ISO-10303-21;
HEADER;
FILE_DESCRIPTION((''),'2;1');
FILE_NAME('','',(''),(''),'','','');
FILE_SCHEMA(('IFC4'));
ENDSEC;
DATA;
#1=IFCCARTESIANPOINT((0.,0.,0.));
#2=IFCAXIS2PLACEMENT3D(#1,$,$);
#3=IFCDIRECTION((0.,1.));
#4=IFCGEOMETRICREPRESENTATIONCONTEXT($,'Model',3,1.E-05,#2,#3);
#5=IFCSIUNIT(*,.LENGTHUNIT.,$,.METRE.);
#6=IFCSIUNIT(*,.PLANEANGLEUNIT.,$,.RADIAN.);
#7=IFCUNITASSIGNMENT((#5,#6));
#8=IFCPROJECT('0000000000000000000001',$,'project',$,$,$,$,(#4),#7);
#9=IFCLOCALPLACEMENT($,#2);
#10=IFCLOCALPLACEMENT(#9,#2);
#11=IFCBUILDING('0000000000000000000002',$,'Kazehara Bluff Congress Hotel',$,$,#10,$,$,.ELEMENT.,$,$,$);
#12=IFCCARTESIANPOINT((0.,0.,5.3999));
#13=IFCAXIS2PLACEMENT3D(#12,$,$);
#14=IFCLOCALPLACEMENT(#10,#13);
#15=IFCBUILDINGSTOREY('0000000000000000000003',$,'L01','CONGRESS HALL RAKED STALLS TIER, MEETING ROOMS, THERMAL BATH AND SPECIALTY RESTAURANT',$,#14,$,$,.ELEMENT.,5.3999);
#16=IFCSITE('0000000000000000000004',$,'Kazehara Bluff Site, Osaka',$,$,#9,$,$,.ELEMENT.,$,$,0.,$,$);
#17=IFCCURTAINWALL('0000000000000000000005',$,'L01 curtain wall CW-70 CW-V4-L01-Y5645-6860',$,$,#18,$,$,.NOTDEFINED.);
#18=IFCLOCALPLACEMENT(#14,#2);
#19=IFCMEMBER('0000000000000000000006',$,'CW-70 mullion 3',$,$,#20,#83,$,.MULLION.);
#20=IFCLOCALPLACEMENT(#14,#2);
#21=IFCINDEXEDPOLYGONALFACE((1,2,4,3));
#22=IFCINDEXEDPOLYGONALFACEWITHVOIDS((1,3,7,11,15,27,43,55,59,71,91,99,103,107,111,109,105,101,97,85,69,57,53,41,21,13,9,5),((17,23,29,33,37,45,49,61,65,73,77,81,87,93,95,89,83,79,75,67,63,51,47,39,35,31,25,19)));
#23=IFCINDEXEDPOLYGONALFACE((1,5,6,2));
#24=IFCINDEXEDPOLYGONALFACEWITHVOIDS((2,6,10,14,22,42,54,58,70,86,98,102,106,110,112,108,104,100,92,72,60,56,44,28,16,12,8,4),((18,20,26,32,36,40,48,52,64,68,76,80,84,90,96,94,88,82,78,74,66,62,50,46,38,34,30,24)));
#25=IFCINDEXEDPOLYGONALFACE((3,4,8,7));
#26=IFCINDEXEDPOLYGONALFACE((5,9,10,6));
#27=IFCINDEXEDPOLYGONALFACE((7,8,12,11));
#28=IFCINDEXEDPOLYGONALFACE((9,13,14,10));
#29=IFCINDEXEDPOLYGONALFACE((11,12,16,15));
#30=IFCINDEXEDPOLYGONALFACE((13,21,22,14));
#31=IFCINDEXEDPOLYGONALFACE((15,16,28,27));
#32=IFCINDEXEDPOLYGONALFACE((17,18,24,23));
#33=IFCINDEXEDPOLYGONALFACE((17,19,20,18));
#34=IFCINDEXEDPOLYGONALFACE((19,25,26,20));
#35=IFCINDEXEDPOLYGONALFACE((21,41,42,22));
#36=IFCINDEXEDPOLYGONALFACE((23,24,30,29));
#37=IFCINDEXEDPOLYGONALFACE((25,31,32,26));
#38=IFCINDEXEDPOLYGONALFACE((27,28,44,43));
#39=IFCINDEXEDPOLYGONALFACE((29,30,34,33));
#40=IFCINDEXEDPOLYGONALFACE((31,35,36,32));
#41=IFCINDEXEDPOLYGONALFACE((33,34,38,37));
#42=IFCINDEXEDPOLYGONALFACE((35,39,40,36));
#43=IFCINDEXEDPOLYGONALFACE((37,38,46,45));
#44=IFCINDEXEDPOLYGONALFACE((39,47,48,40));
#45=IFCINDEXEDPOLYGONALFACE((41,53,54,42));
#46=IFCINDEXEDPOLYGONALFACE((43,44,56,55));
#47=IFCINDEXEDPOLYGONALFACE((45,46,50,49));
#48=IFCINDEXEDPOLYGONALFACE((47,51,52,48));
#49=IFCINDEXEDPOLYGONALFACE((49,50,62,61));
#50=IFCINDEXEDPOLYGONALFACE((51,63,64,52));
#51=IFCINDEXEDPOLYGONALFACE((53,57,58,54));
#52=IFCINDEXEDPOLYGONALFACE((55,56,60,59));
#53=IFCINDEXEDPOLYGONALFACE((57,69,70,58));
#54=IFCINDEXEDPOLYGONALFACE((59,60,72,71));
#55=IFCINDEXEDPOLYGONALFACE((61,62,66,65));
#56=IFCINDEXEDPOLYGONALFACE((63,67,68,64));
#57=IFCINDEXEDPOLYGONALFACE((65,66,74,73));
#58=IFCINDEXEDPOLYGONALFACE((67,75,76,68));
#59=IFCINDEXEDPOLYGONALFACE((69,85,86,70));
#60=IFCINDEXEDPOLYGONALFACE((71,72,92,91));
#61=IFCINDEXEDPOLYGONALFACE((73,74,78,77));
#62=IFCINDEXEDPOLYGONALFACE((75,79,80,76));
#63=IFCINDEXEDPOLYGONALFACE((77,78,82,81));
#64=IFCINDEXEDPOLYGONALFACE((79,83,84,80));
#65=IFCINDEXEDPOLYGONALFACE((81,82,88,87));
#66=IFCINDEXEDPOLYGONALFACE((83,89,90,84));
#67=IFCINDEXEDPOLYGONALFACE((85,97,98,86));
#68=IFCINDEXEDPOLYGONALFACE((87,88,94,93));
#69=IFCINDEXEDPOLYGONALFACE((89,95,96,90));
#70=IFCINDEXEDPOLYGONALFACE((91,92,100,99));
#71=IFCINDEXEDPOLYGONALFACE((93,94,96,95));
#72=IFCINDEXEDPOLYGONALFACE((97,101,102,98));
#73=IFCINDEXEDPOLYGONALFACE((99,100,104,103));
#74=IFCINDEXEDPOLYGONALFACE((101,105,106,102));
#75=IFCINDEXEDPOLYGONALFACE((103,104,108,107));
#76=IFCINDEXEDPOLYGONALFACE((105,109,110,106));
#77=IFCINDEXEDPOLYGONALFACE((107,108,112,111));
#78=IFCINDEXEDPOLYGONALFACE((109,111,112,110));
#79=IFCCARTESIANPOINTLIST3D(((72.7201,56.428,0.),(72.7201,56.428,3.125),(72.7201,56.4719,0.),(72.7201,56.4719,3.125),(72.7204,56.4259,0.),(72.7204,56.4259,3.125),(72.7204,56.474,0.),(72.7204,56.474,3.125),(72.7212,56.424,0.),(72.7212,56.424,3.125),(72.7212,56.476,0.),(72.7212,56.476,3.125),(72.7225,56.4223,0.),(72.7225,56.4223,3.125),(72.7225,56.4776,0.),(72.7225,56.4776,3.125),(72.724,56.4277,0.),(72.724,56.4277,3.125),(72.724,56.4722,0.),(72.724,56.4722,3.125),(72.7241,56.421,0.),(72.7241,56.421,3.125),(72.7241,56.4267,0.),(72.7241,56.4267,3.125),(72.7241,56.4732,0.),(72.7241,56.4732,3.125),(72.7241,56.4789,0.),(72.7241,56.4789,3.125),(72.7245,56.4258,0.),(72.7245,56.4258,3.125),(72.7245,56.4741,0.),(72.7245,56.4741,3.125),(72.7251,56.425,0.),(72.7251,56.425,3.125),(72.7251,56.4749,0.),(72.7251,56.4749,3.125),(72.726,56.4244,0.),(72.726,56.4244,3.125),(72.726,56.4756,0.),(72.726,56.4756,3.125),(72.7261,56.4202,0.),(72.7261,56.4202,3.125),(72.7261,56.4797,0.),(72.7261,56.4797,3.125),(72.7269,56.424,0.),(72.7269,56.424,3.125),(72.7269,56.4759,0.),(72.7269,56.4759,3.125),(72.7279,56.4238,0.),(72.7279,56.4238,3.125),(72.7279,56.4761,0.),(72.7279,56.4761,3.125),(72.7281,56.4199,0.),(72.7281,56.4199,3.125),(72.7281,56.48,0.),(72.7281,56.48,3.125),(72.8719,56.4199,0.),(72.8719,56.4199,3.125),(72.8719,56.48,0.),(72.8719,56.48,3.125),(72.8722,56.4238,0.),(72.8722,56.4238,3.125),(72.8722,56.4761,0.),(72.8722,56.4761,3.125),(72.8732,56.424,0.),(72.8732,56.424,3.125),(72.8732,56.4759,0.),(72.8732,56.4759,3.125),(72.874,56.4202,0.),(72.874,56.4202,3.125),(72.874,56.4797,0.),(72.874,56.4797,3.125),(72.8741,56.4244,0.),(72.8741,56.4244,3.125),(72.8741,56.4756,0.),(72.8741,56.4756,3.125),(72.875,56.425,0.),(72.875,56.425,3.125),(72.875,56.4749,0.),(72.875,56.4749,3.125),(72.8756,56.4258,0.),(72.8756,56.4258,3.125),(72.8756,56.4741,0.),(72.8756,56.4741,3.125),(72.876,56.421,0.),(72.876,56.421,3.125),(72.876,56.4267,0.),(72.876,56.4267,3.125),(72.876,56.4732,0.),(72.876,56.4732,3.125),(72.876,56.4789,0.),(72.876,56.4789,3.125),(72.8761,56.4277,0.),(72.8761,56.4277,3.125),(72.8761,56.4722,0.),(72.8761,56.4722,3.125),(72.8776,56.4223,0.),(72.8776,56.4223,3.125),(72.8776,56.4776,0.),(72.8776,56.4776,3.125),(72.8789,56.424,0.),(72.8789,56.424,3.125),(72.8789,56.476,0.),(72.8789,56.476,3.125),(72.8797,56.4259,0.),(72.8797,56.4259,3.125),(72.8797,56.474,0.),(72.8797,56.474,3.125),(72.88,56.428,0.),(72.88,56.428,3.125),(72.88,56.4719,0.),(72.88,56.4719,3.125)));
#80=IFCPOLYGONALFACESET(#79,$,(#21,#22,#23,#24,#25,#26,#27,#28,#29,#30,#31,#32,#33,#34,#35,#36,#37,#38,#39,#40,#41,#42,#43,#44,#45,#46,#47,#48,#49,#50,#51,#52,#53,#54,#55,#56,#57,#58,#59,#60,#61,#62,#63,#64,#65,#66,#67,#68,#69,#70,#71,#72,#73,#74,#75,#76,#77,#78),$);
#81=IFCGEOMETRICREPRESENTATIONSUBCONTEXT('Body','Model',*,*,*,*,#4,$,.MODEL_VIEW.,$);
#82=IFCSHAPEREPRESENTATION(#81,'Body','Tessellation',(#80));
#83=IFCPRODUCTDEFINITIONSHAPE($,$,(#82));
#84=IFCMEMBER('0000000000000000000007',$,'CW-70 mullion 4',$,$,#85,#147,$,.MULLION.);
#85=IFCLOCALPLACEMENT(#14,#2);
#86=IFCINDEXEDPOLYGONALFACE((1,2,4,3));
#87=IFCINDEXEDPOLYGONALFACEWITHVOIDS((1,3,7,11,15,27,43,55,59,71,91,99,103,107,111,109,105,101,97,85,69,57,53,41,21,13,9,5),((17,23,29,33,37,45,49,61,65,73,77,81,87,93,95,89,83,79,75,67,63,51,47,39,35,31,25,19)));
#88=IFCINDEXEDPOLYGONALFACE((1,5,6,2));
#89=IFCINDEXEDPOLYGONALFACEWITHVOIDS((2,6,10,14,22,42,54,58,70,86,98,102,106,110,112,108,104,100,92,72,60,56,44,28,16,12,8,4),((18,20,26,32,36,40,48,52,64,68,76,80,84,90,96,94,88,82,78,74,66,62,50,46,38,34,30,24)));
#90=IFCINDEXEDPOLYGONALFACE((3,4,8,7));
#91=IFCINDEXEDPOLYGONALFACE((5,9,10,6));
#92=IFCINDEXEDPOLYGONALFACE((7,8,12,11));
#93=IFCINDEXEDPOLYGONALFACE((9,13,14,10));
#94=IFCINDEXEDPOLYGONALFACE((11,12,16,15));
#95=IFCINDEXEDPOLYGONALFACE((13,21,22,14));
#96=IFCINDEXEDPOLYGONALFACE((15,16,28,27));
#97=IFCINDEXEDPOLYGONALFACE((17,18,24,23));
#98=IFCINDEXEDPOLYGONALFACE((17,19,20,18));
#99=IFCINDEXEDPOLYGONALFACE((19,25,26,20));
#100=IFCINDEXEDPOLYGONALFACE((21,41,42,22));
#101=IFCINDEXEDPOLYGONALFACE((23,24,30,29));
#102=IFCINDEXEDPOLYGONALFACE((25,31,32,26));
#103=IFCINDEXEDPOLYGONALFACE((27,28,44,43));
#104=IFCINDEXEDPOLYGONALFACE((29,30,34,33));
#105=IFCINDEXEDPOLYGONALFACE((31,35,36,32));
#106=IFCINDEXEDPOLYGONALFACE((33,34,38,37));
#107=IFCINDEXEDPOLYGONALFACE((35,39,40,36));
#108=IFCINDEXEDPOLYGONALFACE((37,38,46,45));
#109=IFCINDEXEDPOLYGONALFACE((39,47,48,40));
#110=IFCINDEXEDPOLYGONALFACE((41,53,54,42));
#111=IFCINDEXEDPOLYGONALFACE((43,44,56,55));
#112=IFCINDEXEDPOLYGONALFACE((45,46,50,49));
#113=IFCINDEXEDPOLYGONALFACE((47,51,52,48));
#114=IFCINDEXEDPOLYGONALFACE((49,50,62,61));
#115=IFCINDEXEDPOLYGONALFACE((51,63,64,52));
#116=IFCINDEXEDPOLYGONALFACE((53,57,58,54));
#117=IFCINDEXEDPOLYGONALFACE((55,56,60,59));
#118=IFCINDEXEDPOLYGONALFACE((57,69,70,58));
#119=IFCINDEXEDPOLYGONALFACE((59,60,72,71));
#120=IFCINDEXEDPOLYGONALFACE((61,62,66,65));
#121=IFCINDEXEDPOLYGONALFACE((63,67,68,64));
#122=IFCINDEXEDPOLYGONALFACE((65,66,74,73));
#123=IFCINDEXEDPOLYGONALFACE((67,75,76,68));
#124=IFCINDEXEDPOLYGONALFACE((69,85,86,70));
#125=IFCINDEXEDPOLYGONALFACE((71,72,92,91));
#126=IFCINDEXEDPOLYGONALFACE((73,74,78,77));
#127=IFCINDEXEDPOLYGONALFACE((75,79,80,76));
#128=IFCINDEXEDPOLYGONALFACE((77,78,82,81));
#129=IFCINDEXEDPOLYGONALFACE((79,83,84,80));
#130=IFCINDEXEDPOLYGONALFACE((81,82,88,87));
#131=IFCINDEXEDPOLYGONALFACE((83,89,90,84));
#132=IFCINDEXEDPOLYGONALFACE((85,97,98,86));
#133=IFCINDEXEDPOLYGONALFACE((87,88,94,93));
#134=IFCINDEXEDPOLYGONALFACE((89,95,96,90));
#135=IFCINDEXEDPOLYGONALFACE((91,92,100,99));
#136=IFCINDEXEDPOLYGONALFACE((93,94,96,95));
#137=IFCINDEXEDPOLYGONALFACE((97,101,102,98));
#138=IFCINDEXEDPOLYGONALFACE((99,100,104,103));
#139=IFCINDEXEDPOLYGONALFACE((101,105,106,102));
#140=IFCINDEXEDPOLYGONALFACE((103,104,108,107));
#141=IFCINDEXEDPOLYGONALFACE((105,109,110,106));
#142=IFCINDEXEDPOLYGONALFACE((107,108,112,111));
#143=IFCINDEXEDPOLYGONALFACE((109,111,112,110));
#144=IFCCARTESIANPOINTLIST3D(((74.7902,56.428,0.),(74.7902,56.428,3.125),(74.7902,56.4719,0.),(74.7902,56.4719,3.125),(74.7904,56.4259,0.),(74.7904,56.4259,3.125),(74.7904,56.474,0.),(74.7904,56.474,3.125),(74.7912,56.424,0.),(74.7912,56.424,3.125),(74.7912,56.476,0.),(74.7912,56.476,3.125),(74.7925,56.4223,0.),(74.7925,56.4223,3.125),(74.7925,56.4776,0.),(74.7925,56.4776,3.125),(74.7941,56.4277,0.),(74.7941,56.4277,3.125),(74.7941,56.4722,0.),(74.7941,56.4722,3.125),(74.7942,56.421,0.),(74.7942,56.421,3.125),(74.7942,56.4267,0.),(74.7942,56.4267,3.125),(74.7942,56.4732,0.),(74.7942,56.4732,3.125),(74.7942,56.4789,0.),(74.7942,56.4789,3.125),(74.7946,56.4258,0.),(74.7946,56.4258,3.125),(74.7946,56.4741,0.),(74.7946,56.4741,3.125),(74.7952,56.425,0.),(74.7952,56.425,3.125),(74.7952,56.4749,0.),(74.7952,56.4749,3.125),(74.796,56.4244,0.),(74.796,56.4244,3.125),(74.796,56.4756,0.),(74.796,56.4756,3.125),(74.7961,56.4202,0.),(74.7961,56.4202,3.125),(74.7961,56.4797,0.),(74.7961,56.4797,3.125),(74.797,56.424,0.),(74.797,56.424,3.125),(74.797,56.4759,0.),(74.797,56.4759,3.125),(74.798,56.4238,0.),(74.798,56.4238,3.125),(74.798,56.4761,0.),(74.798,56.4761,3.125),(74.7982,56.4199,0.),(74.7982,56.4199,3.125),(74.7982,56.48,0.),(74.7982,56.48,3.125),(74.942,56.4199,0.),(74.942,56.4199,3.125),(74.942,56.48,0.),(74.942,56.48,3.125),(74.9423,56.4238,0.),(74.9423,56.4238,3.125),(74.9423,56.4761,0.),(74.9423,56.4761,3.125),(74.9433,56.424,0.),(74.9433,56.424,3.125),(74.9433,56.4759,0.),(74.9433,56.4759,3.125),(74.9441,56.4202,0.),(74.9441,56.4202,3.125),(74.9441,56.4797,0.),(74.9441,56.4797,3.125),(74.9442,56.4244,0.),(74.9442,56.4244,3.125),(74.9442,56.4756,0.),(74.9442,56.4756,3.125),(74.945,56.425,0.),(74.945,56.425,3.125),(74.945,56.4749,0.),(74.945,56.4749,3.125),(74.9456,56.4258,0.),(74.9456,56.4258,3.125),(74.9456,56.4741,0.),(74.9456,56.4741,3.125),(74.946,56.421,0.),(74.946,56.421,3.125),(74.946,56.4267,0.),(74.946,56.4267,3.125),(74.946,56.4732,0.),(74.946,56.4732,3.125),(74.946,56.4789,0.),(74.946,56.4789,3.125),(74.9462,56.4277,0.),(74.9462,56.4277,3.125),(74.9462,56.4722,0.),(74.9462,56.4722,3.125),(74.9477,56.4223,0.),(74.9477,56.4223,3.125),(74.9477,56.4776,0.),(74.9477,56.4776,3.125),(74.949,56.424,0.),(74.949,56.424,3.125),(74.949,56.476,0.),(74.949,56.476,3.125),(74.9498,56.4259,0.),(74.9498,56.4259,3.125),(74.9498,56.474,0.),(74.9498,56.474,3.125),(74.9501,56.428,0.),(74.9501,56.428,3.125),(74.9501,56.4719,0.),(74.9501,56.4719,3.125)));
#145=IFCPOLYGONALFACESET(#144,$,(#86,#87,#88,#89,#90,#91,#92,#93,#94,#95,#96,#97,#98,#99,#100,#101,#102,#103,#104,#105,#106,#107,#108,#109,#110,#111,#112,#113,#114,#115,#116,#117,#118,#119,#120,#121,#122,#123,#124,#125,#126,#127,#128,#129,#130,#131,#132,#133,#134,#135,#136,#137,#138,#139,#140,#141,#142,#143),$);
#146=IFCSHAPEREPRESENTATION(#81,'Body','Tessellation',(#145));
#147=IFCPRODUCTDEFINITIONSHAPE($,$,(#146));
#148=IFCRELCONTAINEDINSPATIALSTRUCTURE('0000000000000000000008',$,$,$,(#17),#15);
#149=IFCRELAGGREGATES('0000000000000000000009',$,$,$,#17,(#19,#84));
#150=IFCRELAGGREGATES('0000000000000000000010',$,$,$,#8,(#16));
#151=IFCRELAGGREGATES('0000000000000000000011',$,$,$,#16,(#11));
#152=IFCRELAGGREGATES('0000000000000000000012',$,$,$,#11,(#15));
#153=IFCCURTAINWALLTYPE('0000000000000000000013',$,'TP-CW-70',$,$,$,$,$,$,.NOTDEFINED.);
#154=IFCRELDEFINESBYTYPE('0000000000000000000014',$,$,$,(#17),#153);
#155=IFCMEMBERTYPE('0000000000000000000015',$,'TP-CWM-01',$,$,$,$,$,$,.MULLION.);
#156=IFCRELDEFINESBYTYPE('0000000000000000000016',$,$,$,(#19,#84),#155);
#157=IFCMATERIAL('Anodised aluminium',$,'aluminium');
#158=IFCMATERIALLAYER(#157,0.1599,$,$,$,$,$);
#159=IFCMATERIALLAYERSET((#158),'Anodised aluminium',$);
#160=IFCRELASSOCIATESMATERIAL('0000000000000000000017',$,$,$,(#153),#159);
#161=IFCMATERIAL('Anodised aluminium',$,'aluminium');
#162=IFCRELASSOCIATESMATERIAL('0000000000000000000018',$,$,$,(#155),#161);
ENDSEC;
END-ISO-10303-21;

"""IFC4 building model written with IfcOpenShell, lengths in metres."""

from ifc_helpers import new_model, si_unit, direction, frame, origin, origin_2d, place, context, subcontext, project, spatial, hollow_rectangle, extrude, material, layer, layer_set, material_profile, profile_set, type_object, element, aggregate, save


model = new_model("IFC4")

# Units and contexts
model_context = context("Model", 3, precision=1e-05, world=origin(), true_north=direction((0.0, 1.0)))
body_context = subcontext(model_context, "Body", "Model", "MODEL_VIEW")
ifc_project = project(units=[si_unit("LENGTHUNIT", "METRE"), si_unit("PLANEANGLEUNIT", "RADIAN")], contexts=[model_context])

# Site, building, storey
site_placement = place(None, origin())
site = spatial("IfcSite", under=ifc_project, at=site_placement, Name="Kazehara Bluff Site, Osaka", CompositionType="ELEMENT", RefElevation=0.0)
building_placement = place(site_placement, origin())
building = spatial("IfcBuilding", under=site, at=building_placement, Name="Kazehara Bluff Congress Hotel", CompositionType="ELEMENT")
storey_placement = place(building_placement, frame((0.0, 0.0, 5.3999)))
storey = spatial("IfcBuildingStorey", under=building, at=storey_placement, Name="L01", Description="CONGRESS HALL RAKED STALLS TIER, MEETING ROOMS, THERMAL BATH AND SPECIALTY RESTAURANT", CompositionType="ELEMENT", Elevation=5.3999)

# Curtain wall, members
ifc_material_1 = material(Name="Anodised aluminium", Category="aluminium")
ifc_layer_1 = layer(ifc_material_1, 0.1599)
ifc_layer_set_1 = layer_set([ifc_layer_1], Name="Anodised aluminium")
curtain_wall_type = type_object("IfcCurtainWallType", Name="TP-CW-70", PredefinedType="NOTDEFINED", material=ifc_layer_set_1)
curtain_wall_placement = place(storey_placement, origin())
curtain_wall = element("IfcCurtainWall", 1, at=curtain_wall_placement, inside=storey, type_object=curtain_wall_type, Name="L01 curtain wall CW-70 CW-V4-L01-Y5645-6860", PredefinedType="NOTDEFINED")
ifc_material_2 = material(Name="Anodised aluminium", Category="aluminium")
ifc_material_profile_1 = material_profile(ifc_material_2, hollow_rectangle(XDim=0.0601, YDim=0.1599, WallThickness=0.0039, InnerFilletRadius=0.0039, OuterFilletRadius=0.0081, at=origin_2d()))
ifc_profile_set_1 = profile_set([ifc_material_profile_1], Name="Anodised aluminium")
member_type_1 = type_object("IfcMemberType", Name="TP-CWM-01", PredefinedType="MULLION", material=ifc_profile_set_1)
member_1_placement = place(storey_placement, frame((72.8, 56.45, 0.0), z_axis=(0.0, 0.0, 1.0), x_axis=(0.0, 1.0, 0.0)))
member_1 = element("IfcMember", 2, at=member_1_placement, type_object=member_type_1, Name="CW-70 mullion 3", PredefinedType="MULLION", context=body_context, shape_type="SweptSolid", body=[
    extrude(hollow_rectangle(XDim=0.0601, YDim=0.1599, WallThickness=0.0039, InnerFilletRadius=0.0039, OuterFilletRadius=0.0081, at=origin_2d()), origin(), (0.0, 0.0, 1.0), 3.125),
])
member_2_placement = place(storey_placement, frame((74.8701, 56.45, 0.0), z_axis=(0.0, 0.0, 1.0), x_axis=(0.0, 1.0, 0.0)))
member_2 = element("IfcMember", 3, at=member_2_placement, type_object=member_type_1, Name="CW-70 mullion 4", PredefinedType="MULLION", context=body_context, shape_type="SweptSolid", body=[
    extrude(hollow_rectangle(XDim=0.0601, YDim=0.1599, WallThickness=0.0039, InnerFilletRadius=0.0039, OuterFilletRadius=0.0081, at=origin_2d()), origin(), (0.0, 0.0, 1.0), 3.125),
])

aggregate(curtain_wall, [member_1, member_2])

save(model, "model.ifc")
